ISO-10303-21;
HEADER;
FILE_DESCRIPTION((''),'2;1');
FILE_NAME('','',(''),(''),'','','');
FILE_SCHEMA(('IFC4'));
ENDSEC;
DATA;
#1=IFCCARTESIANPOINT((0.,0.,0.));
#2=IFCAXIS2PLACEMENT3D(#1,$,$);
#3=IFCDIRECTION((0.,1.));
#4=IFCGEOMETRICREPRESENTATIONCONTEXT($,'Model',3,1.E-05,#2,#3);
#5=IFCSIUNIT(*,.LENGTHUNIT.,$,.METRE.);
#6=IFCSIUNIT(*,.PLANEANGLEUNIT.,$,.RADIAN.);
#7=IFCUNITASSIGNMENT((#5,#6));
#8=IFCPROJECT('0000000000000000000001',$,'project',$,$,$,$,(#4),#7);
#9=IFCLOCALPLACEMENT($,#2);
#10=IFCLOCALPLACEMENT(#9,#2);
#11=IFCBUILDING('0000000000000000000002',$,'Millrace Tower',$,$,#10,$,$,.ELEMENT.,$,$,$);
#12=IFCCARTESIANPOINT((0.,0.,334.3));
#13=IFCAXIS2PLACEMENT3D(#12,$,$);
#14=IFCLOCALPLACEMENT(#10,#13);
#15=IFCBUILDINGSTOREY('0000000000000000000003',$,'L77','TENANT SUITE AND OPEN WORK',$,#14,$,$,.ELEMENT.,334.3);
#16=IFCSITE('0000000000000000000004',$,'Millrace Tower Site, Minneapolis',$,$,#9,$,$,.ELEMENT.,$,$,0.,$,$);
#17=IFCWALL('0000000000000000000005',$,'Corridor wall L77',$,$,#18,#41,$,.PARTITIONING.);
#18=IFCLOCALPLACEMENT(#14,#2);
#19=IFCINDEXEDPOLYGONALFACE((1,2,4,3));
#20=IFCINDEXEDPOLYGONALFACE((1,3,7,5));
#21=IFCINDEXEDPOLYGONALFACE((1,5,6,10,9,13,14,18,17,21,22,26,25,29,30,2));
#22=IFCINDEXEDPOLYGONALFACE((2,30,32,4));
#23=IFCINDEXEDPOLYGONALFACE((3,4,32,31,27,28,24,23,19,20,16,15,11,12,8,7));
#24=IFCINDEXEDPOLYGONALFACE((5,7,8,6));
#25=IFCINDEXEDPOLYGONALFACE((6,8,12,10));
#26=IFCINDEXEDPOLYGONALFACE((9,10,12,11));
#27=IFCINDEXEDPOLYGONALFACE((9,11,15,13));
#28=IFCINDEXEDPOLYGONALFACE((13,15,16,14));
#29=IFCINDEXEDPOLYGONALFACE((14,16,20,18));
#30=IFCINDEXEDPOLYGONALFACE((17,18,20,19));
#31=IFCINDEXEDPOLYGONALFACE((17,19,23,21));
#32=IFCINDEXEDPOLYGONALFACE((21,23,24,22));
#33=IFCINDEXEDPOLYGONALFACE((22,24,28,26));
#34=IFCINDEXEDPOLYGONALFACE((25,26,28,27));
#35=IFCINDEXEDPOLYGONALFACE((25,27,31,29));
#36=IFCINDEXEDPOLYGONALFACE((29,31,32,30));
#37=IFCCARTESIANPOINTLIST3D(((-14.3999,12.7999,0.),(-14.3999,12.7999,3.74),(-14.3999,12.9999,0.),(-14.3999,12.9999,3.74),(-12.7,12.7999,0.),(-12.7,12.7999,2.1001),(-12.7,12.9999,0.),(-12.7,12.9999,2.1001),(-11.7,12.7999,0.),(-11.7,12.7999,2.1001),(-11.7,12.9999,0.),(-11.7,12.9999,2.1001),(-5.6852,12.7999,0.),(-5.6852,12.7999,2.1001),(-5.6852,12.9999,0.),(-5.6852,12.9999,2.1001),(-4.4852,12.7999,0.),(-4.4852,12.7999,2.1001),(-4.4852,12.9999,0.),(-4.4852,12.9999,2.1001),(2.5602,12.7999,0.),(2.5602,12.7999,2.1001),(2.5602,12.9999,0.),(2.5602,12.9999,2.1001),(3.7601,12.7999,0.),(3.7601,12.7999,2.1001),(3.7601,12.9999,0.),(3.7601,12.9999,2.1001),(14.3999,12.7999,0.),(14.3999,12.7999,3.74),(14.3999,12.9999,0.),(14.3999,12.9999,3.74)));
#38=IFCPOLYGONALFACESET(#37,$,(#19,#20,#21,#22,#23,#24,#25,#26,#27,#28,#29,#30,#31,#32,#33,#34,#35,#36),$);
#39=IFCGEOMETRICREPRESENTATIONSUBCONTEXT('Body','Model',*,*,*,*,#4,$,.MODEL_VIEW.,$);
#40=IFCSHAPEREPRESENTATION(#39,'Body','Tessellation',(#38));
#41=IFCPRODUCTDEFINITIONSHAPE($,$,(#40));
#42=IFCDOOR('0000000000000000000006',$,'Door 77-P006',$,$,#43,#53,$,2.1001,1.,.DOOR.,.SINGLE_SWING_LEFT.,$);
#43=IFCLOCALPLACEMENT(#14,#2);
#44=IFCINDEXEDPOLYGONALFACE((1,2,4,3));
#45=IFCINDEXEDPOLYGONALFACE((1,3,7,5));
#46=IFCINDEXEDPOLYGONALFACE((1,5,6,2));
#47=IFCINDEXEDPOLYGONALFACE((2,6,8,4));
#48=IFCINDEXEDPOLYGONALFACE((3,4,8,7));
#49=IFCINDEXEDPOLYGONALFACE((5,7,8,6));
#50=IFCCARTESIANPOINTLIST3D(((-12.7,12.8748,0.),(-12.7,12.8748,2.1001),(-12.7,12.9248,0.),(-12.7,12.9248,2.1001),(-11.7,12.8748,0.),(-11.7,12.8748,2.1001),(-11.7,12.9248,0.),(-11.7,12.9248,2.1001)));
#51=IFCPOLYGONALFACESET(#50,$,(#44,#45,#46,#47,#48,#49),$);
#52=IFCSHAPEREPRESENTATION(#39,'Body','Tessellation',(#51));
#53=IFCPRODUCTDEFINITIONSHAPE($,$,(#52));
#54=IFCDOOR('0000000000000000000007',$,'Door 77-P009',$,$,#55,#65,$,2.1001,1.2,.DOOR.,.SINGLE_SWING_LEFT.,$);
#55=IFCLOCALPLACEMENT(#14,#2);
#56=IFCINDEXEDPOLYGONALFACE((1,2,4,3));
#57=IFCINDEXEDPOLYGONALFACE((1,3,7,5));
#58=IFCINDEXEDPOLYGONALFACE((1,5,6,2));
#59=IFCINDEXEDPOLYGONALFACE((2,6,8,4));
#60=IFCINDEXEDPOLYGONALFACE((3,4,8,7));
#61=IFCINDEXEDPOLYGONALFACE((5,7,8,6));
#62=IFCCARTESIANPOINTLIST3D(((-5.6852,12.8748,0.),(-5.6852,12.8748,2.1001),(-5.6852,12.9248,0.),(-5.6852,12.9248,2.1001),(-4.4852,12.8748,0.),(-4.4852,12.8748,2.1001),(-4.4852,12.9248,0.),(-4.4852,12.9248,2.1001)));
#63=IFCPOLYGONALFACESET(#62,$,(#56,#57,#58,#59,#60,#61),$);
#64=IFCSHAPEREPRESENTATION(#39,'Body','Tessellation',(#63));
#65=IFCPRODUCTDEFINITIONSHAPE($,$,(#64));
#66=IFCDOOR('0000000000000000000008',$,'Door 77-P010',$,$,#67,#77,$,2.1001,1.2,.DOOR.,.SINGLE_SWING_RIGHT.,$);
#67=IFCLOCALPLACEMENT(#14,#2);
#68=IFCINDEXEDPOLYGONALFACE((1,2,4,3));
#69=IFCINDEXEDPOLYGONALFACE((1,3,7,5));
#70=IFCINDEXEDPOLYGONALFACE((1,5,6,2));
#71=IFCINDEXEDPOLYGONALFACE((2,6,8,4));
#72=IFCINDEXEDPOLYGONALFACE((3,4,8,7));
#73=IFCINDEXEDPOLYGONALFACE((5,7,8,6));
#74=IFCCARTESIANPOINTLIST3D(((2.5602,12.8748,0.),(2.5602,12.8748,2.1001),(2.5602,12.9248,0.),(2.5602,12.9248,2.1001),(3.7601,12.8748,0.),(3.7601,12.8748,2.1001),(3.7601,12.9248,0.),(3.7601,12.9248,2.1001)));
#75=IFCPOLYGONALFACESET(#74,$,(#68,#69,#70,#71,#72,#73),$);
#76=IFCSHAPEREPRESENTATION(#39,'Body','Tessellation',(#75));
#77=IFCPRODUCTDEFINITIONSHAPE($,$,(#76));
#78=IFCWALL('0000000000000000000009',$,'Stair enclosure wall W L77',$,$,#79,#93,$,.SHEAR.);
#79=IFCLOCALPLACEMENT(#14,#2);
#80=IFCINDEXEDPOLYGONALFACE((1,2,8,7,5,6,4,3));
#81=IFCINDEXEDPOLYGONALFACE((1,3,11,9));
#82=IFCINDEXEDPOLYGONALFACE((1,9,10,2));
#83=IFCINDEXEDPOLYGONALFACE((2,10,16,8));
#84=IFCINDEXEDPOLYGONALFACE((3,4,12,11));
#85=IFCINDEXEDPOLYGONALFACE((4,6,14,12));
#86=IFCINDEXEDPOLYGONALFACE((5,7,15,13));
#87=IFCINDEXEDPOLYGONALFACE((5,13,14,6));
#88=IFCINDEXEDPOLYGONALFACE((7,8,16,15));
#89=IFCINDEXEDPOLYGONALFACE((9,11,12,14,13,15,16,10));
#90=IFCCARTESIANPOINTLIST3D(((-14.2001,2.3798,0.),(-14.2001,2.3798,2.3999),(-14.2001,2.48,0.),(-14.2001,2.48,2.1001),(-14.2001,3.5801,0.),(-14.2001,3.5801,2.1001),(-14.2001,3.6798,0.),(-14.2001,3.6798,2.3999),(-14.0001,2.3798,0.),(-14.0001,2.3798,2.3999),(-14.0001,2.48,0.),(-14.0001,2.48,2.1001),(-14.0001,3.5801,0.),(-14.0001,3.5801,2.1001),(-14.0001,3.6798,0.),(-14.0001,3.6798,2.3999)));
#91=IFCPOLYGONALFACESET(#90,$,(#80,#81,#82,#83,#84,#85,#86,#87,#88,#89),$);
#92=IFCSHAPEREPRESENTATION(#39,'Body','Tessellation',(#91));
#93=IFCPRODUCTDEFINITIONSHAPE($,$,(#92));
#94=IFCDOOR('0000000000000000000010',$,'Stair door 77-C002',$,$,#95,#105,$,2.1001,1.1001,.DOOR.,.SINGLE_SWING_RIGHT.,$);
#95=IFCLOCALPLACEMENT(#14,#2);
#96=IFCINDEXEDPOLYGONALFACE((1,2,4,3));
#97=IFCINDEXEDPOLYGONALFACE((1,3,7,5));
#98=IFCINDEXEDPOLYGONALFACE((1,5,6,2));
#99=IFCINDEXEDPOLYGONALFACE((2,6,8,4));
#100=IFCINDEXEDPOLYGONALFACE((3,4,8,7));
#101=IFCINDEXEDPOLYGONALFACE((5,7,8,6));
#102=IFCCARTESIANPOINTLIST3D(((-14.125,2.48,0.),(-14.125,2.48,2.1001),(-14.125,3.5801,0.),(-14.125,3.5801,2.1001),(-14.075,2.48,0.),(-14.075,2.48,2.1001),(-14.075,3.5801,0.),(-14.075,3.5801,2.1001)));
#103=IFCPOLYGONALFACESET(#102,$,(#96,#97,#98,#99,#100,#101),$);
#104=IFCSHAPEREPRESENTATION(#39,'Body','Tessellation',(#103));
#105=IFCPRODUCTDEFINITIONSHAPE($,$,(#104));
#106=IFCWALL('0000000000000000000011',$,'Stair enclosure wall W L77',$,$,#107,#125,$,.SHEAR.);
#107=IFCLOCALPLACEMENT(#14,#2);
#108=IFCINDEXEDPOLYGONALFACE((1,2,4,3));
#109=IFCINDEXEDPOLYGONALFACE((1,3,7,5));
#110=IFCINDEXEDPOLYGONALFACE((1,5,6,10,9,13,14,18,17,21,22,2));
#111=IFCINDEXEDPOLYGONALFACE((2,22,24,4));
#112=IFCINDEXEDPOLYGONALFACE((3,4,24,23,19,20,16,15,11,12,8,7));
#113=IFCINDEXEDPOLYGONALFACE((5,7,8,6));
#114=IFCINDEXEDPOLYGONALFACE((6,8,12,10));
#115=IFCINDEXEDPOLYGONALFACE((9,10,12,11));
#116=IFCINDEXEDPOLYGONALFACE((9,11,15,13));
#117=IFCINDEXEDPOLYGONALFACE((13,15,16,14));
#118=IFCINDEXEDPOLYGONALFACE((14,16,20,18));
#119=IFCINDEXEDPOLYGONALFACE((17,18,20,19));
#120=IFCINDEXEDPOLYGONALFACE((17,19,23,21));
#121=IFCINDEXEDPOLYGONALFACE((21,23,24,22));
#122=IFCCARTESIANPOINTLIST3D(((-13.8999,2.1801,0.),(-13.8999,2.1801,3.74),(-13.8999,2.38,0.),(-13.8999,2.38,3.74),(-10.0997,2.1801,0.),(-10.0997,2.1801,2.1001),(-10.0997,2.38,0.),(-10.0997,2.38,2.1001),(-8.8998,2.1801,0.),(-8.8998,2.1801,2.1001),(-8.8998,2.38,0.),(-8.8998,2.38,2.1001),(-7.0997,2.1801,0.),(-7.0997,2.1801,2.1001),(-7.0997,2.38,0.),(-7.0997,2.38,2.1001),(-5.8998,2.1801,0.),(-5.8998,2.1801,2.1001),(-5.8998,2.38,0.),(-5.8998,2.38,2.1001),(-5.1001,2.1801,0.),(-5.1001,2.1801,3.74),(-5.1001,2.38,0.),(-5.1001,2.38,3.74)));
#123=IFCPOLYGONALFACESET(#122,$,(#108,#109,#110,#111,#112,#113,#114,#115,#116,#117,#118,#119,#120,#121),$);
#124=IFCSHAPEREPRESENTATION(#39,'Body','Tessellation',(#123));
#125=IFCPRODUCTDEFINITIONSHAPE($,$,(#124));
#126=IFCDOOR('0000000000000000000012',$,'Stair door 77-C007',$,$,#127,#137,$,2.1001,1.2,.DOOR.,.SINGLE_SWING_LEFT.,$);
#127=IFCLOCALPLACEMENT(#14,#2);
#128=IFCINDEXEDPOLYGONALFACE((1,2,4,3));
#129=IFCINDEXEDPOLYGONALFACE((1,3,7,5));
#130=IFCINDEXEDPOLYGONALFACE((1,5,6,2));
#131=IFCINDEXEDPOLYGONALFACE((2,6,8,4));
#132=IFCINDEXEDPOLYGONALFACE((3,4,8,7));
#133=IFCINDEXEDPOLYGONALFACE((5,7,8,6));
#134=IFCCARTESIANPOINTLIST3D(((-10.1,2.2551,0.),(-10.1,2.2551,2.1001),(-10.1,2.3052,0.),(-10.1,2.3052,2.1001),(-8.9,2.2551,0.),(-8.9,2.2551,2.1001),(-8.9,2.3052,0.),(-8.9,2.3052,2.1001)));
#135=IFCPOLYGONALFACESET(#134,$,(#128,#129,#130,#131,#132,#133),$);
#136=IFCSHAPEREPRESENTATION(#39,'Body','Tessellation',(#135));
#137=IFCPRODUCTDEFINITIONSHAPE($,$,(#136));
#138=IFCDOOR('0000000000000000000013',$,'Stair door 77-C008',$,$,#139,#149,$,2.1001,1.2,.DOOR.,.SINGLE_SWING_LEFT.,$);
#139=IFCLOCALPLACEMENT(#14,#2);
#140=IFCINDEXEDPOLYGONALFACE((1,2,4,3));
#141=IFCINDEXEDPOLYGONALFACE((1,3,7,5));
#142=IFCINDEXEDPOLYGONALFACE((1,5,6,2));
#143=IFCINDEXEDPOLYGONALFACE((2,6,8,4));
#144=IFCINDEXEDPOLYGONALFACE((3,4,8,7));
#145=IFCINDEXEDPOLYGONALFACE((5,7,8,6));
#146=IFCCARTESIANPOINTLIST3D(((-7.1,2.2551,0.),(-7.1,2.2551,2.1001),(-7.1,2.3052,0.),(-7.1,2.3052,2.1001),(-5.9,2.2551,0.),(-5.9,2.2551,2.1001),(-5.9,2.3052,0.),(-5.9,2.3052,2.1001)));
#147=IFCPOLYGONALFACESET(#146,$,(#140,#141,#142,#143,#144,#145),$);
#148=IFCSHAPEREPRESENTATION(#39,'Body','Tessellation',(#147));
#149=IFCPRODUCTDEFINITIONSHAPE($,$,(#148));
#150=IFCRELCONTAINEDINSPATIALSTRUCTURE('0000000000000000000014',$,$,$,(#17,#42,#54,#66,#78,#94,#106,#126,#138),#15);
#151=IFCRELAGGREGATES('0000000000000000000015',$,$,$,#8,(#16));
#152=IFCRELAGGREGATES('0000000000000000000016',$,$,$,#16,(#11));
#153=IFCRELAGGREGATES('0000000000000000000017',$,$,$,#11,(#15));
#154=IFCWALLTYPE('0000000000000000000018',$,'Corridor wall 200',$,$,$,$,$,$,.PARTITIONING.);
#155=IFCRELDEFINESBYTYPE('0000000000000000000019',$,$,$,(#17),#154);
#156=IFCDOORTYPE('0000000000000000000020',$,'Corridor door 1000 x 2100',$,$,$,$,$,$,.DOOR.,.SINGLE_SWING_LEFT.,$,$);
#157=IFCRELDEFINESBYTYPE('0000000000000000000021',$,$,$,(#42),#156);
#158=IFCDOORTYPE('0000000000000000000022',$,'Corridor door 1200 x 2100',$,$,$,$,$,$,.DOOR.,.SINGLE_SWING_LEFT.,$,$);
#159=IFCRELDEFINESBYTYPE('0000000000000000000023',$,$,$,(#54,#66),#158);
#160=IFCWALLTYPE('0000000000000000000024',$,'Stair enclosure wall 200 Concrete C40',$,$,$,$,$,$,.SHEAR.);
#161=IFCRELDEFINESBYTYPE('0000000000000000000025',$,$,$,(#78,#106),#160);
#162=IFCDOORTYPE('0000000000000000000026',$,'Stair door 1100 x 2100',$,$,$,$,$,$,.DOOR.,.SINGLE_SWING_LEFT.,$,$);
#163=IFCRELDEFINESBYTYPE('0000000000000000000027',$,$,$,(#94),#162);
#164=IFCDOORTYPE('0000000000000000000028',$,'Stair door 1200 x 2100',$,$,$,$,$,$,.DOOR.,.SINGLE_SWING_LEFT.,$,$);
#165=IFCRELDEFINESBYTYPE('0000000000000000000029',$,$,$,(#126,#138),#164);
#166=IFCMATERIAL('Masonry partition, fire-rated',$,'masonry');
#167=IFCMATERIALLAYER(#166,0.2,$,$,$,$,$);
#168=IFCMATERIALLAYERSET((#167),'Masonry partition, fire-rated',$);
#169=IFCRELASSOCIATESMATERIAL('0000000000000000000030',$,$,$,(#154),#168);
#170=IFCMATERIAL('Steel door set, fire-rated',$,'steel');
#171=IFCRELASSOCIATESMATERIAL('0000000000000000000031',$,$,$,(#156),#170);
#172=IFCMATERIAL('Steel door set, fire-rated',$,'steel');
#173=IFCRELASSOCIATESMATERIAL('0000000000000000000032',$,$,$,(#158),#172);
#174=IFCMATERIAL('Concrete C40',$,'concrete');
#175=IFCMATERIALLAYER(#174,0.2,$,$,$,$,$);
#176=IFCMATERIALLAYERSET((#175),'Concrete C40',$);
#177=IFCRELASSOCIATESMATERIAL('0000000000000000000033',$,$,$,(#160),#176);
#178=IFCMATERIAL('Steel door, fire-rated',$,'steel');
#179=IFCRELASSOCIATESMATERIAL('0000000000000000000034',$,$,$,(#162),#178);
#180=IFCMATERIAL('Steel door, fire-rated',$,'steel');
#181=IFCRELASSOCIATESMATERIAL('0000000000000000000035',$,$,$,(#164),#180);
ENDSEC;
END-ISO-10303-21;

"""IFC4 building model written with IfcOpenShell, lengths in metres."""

from ifc_helpers import new_model, si_unit, direction, frame, frame_2d, origin, place, context, subcontext, project, spatial, rectangle, extrude, material, layer, layer_set, type_object, element, fill, save


model = new_model("IFC4")

# Units and contexts
model_context = context("Model", 3, precision=1e-05, world=origin(), true_north=direction((0.0, 1.0)))
body_context = subcontext(model_context, "Body", "Model", "MODEL_VIEW")
ifc_project = project(units=[si_unit("LENGTHUNIT", "METRE"), si_unit("PLANEANGLEUNIT", "RADIAN")], contexts=[model_context])

# Site, building, storey
site_placement = place(None, origin())
site = spatial("IfcSite", under=ifc_project, at=site_placement, Name="Millrace Tower Site, Minneapolis", CompositionType="ELEMENT", RefElevation=0.0)
building_placement = place(site_placement, origin())
building = spatial("IfcBuilding", under=site, at=building_placement, Name="Millrace Tower", CompositionType="ELEMENT")
storey_placement = place(building_placement, frame((0.0, 0.0, 334.3)))
storey = spatial("IfcBuildingStorey", under=building, at=storey_placement, Name="L77", Description="TENANT SUITE AND OPEN WORK", CompositionType="ELEMENT", Elevation=334.3)

# Wall, openings, doors
ifc_material_1 = material(Name="Masonry partition, fire-rated", Category="masonry")
ifc_layer_1 = layer(ifc_material_1, 0.2)
ifc_layer_set_1 = layer_set([ifc_layer_1], Name="Masonry partition, fire-rated")
wall_type_1 = type_object("IfcWallType", Name="Corridor wall 200", PredefinedType="PARTITIONING", material=ifc_layer_set_1)
wall_1_placement = place(storey_placement, frame((-14.3999, 12.8999, 0.0), z_axis=(0.0, 0.0, 1.0), x_axis=(1.0, 0.0, 0.0)))
wall_1 = element("IfcWall", 1, at=wall_1_placement, inside=storey, type_object=wall_type_1, Name="Corridor wall L77", PredefinedType="PARTITIONING", context=body_context, shape_type="SweptSolid", body=[
    extrude(rectangle(XDim=28.7998, YDim=0.2, at=frame_2d((14.3999, 0.0))), origin(), (0.0, 0.0, 1.0), 3.74),
])
opening_1_placement = place(wall_1_placement, frame((1.7, 0.0, 0.0)))
opening_1 = element("IfcOpeningElement", 2, at=opening_1_placement, cuts=wall_1, PredefinedType="OPENING", context=body_context, shape_type="SweptSolid", body=[
    extrude(rectangle(XDim=1.0, YDim=2.1001, at=frame_2d((0.5, 1.05))), frame((0.0, 0.1099, 0.0), z_axis=(0.0, -1.0, 0.0), x_axis=(1.0, 0.0, 0.0)), (0.0, 0.0, 1.0), 0.22),
])
opening_2_placement = place(wall_1_placement, frame((8.7146, 0.0, 0.0)))
opening_2 = element("IfcOpeningElement", 3, at=opening_2_placement, cuts=wall_1, PredefinedType="OPENING", context=body_context, shape_type="SweptSolid", body=[
    extrude(rectangle(XDim=1.2, YDim=2.1001, at=frame_2d((0.6001, 1.05))), frame((0.0, 0.1099, 0.0), z_axis=(0.0, -1.0, 0.0), x_axis=(1.0, 0.0, 0.0)), (0.0, 0.0, 1.0), 0.22),
])
opening_3_placement = place(wall_1_placement, frame((16.96, 0.0, 0.0)))
opening_3 = element("IfcOpeningElement", 4, at=opening_3_placement, cuts=wall_1, PredefinedType="OPENING", context=body_context, shape_type="SweptSolid", body=[
    extrude(rectangle(XDim=1.2, YDim=2.1001, at=frame_2d((0.6001, 1.05))), frame((0.0, 0.1099, 0.0), z_axis=(0.0, -1.0, 0.0), x_axis=(1.0, 0.0, 0.0)), (0.0, 0.0, 1.0), 0.22),
])
ifc_material_2 = material(Name="Steel door set, fire-rated", Category="steel")
door_type_1 = type_object("IfcDoorType", Name="Corridor door 1000 x 2100", OperationType="SINGLE_SWING_LEFT", PredefinedType="DOOR", material=ifc_material_2)
door_1_placement = place(opening_1_placement, origin())
door_1 = element("IfcDoor", 5, at=door_1_placement, inside=storey, type_object=door_type_1, Name="Door 77-P006", OperationType="SINGLE_SWING_LEFT", OverallHeight=2.1001, OverallWidth=1.0, PredefinedType="DOOR", context=body_context, shape_type="SweptSolid", body=[
    extrude(rectangle(XDim=1.0, YDim=2.1001, at=frame_2d((0.5, 1.05))), frame((0.0, 0.0249, 0.0), z_axis=(0.0, -1.0, 0.0), x_axis=(1.0, 0.0, 0.0)), (0.0, 0.0, 1.0), 0.05),
])
fill(opening_1, door_1)
ifc_material_3 = material(Name="Steel door set, fire-rated", Category="steel")
door_type_2 = type_object("IfcDoorType", Name="Corridor door 1200 x 2100", OperationType="SINGLE_SWING_LEFT", PredefinedType="DOOR", material=ifc_material_3)
door_2_placement = place(opening_2_placement, origin())
door_2 = element("IfcDoor", 6, at=door_2_placement, inside=storey, type_object=door_type_2, Name="Door 77-P009", OperationType="SINGLE_SWING_LEFT", OverallHeight=2.1001, OverallWidth=1.2, PredefinedType="DOOR", context=body_context, shape_type="SweptSolid", body=[
    extrude(rectangle(XDim=1.2, YDim=2.1001, at=frame_2d((0.6001, 1.05))), frame((0.0, 0.0249, 0.0), z_axis=(0.0, -1.0, 0.0), x_axis=(1.0, 0.0, 0.0)), (0.0, 0.0, 1.0), 0.05),
])
fill(opening_2, door_2)
door_3_placement = place(opening_3_placement, origin())
door_3 = element("IfcDoor", 7, at=door_3_placement, inside=storey, type_object=door_type_2, Name="Door 77-P010", OperationType="SINGLE_SWING_RIGHT", OverallHeight=2.1001, OverallWidth=1.2, PredefinedType="DOOR", context=body_context, shape_type="SweptSolid", body=[
    extrude(rectangle(XDim=1.2, YDim=2.1001, at=frame_2d((0.6001, 1.05))), frame((0.0, 0.0249, 0.0), z_axis=(0.0, -1.0, 0.0), x_axis=(1.0, 0.0, 0.0)), (0.0, 0.0, 1.0), 0.05),
])
fill(opening_3, door_3)

# Wall, opening, door
ifc_material_4 = material(Name="Concrete C40", Category="concrete")
ifc_layer_2 = layer(ifc_material_4, 0.2)
ifc_layer_set_2 = layer_set([ifc_layer_2], Name="Concrete C40")
wall_type_2 = type_object("IfcWallType", Name="Stair enclosure wall 200 Concrete C40", PredefinedType="SHEAR", material=ifc_layer_set_2)
wall_2_placement = place(storey_placement, frame((-14.1001, 2.3799, 0.0), z_axis=(0.0, 0.0, 1.0), x_axis=(0.0, 1.0, 0.0)))
wall_2 = element("IfcWall", 8, at=wall_2_placement, inside=storey, type_object=wall_type_2, Name="Stair enclosure wall W L77", PredefinedType="SHEAR", context=body_context, shape_type="SweptSolid", body=[
    extrude(rectangle(XDim=1.3, YDim=0.2, at=frame_2d((0.6499, 0.0))), origin(), (0.0, 0.0, 1.0), 2.3999),
])
opening_4_placement = place(wall_2_placement, frame((0.1001, 0.0, 0.0)))
opening_4 = element("IfcOpeningElement", 9, at=opening_4_placement, cuts=wall_2, PredefinedType="OPENING", context=body_context, shape_type="SweptSolid", body=[
    extrude(rectangle(XDim=1.1001, YDim=2.1001, at=frame_2d((0.55, 1.05))), frame((0.0, 0.1099, 0.0), z_axis=(0.0, -1.0, 0.0), x_axis=(1.0, 0.0, 0.0)), (0.0, 0.0, 1.0), 0.22),
])
ifc_material_5 = material(Name="Steel door, fire-rated", Category="steel")
door_type_3 = type_object("IfcDoorType", Name="Stair door 1100 x 2100", OperationType="SINGLE_SWING_LEFT", PredefinedType="DOOR", material=ifc_material_5)
door_4_placement = place(opening_4_placement, origin())
door_4 = element("IfcDoor", 10, at=door_4_placement, inside=storey, type_object=door_type_3, Name="Stair door 77-C002", OperationType="SINGLE_SWING_RIGHT", OverallHeight=2.1001, OverallWidth=1.1001, PredefinedType="DOOR", context=body_context, shape_type="SweptSolid", body=[
    extrude(rectangle(XDim=1.1001, YDim=2.1001, at=frame_2d((0.55, 1.05))), frame((0.0, 0.0249, 0.0), z_axis=(0.0, -1.0, 0.0), x_axis=(1.0, 0.0, 0.0)), (0.0, 0.0, 1.0), 0.05),
])
fill(opening_4, door_4)

# Wall, openings, doors
wall_3_placement = place(storey_placement, frame((-13.8999, 2.28, 0.0), z_axis=(0.0, 0.0, 1.0), x_axis=(1.0, 0.0, 0.0)))
wall_3 = element("IfcWall", 11, at=wall_3_placement, inside=storey, type_object=wall_type_2, Name="Stair enclosure wall W L77", PredefinedType="SHEAR", context=body_context, shape_type="SweptSolid", body=[
    extrude(rectangle(XDim=8.7998, YDim=0.2, at=frame_2d((4.3999, 0.0))), origin(), (0.0, 0.0, 1.0), 3.74),
])
opening_5_placement = place(wall_3_placement, frame((3.8, 0.0, 0.0)))
opening_5 = element("IfcOpeningElement", 12, at=opening_5_placement, cuts=wall_3, PredefinedType="OPENING", context=body_context, shape_type="SweptSolid", body=[
    extrude(rectangle(XDim=1.2, YDim=2.1001, at=frame_2d((0.6001, 1.05))), frame((0.0, 0.1099, 0.0), z_axis=(0.0, -1.0, 0.0), x_axis=(1.0, 0.0, 0.0)), (0.0, 0.0, 1.0), 0.22),
])
opening_6_placement = place(wall_3_placement, frame((6.8, 0.0, 0.0)))
opening_6 = element("IfcOpeningElement", 13, at=opening_6_placement, cuts=wall_3, PredefinedType="OPENING", context=body_context, shape_type="SweptSolid", body=[
    extrude(rectangle(XDim=1.2, YDim=2.1001, at=frame_2d((0.6001, 1.05))), frame((0.0, 0.1099, 0.0), z_axis=(0.0, -1.0, 0.0), x_axis=(1.0, 0.0, 0.0)), (0.0, 0.0, 1.0), 0.22),
])
ifc_material_6 = material(Name="Steel door, fire-rated", Category="steel")
door_type_4 = type_object("IfcDoorType", Name="Stair door 1200 x 2100", OperationType="SINGLE_SWING_LEFT", PredefinedType="DOOR", material=ifc_material_6)
door_5_placement = place(opening_5_placement, frame((1.2, 0.0, 0.0), z_axis=(0.0, 0.0, 1.0), x_axis=(-1.0, 0.0, 0.0)))
door_5 = element("IfcDoor", 14, at=door_5_placement, inside=storey, type_object=door_type_4, Name="Stair door 77-C007", OperationType="SINGLE_SWING_LEFT", OverallHeight=2.1001, OverallWidth=1.2, PredefinedType="DOOR", context=body_context, shape_type="SweptSolid", body=[
    extrude(rectangle(XDim=1.2, YDim=2.1001, at=frame_2d((0.6001, 1.05))), frame((0.0, 0.0249, 0.0), z_axis=(0.0, -1.0, 0.0), x_axis=(1.0, 0.0, 0.0)), (0.0, 0.0, 1.0), 0.05),
])
fill(opening_5, door_5)
door_6_placement = place(opening_6_placement, frame((1.2, 0.0, 0.0), z_axis=(0.0, 0.0, 1.0), x_axis=(-1.0, 0.0, 0.0)))
door_6 = element("IfcDoor", 15, at=door_6_placement, inside=storey, type_object=door_type_4, Name="Stair door 77-C008", OperationType="SINGLE_SWING_LEFT", OverallHeight=2.1001, OverallWidth=1.2, PredefinedType="DOOR", context=body_context, shape_type="SweptSolid", body=[
    extrude(rectangle(XDim=1.2, YDim=2.1001, at=frame_2d((0.6001, 1.05))), frame((0.0, 0.0249, 0.0), z_axis=(0.0, -1.0, 0.0), x_axis=(1.0, 0.0, 0.0)), (0.0, 0.0, 1.0), 0.05),
])
fill(opening_6, door_6)

save(model, "model.ifc")
